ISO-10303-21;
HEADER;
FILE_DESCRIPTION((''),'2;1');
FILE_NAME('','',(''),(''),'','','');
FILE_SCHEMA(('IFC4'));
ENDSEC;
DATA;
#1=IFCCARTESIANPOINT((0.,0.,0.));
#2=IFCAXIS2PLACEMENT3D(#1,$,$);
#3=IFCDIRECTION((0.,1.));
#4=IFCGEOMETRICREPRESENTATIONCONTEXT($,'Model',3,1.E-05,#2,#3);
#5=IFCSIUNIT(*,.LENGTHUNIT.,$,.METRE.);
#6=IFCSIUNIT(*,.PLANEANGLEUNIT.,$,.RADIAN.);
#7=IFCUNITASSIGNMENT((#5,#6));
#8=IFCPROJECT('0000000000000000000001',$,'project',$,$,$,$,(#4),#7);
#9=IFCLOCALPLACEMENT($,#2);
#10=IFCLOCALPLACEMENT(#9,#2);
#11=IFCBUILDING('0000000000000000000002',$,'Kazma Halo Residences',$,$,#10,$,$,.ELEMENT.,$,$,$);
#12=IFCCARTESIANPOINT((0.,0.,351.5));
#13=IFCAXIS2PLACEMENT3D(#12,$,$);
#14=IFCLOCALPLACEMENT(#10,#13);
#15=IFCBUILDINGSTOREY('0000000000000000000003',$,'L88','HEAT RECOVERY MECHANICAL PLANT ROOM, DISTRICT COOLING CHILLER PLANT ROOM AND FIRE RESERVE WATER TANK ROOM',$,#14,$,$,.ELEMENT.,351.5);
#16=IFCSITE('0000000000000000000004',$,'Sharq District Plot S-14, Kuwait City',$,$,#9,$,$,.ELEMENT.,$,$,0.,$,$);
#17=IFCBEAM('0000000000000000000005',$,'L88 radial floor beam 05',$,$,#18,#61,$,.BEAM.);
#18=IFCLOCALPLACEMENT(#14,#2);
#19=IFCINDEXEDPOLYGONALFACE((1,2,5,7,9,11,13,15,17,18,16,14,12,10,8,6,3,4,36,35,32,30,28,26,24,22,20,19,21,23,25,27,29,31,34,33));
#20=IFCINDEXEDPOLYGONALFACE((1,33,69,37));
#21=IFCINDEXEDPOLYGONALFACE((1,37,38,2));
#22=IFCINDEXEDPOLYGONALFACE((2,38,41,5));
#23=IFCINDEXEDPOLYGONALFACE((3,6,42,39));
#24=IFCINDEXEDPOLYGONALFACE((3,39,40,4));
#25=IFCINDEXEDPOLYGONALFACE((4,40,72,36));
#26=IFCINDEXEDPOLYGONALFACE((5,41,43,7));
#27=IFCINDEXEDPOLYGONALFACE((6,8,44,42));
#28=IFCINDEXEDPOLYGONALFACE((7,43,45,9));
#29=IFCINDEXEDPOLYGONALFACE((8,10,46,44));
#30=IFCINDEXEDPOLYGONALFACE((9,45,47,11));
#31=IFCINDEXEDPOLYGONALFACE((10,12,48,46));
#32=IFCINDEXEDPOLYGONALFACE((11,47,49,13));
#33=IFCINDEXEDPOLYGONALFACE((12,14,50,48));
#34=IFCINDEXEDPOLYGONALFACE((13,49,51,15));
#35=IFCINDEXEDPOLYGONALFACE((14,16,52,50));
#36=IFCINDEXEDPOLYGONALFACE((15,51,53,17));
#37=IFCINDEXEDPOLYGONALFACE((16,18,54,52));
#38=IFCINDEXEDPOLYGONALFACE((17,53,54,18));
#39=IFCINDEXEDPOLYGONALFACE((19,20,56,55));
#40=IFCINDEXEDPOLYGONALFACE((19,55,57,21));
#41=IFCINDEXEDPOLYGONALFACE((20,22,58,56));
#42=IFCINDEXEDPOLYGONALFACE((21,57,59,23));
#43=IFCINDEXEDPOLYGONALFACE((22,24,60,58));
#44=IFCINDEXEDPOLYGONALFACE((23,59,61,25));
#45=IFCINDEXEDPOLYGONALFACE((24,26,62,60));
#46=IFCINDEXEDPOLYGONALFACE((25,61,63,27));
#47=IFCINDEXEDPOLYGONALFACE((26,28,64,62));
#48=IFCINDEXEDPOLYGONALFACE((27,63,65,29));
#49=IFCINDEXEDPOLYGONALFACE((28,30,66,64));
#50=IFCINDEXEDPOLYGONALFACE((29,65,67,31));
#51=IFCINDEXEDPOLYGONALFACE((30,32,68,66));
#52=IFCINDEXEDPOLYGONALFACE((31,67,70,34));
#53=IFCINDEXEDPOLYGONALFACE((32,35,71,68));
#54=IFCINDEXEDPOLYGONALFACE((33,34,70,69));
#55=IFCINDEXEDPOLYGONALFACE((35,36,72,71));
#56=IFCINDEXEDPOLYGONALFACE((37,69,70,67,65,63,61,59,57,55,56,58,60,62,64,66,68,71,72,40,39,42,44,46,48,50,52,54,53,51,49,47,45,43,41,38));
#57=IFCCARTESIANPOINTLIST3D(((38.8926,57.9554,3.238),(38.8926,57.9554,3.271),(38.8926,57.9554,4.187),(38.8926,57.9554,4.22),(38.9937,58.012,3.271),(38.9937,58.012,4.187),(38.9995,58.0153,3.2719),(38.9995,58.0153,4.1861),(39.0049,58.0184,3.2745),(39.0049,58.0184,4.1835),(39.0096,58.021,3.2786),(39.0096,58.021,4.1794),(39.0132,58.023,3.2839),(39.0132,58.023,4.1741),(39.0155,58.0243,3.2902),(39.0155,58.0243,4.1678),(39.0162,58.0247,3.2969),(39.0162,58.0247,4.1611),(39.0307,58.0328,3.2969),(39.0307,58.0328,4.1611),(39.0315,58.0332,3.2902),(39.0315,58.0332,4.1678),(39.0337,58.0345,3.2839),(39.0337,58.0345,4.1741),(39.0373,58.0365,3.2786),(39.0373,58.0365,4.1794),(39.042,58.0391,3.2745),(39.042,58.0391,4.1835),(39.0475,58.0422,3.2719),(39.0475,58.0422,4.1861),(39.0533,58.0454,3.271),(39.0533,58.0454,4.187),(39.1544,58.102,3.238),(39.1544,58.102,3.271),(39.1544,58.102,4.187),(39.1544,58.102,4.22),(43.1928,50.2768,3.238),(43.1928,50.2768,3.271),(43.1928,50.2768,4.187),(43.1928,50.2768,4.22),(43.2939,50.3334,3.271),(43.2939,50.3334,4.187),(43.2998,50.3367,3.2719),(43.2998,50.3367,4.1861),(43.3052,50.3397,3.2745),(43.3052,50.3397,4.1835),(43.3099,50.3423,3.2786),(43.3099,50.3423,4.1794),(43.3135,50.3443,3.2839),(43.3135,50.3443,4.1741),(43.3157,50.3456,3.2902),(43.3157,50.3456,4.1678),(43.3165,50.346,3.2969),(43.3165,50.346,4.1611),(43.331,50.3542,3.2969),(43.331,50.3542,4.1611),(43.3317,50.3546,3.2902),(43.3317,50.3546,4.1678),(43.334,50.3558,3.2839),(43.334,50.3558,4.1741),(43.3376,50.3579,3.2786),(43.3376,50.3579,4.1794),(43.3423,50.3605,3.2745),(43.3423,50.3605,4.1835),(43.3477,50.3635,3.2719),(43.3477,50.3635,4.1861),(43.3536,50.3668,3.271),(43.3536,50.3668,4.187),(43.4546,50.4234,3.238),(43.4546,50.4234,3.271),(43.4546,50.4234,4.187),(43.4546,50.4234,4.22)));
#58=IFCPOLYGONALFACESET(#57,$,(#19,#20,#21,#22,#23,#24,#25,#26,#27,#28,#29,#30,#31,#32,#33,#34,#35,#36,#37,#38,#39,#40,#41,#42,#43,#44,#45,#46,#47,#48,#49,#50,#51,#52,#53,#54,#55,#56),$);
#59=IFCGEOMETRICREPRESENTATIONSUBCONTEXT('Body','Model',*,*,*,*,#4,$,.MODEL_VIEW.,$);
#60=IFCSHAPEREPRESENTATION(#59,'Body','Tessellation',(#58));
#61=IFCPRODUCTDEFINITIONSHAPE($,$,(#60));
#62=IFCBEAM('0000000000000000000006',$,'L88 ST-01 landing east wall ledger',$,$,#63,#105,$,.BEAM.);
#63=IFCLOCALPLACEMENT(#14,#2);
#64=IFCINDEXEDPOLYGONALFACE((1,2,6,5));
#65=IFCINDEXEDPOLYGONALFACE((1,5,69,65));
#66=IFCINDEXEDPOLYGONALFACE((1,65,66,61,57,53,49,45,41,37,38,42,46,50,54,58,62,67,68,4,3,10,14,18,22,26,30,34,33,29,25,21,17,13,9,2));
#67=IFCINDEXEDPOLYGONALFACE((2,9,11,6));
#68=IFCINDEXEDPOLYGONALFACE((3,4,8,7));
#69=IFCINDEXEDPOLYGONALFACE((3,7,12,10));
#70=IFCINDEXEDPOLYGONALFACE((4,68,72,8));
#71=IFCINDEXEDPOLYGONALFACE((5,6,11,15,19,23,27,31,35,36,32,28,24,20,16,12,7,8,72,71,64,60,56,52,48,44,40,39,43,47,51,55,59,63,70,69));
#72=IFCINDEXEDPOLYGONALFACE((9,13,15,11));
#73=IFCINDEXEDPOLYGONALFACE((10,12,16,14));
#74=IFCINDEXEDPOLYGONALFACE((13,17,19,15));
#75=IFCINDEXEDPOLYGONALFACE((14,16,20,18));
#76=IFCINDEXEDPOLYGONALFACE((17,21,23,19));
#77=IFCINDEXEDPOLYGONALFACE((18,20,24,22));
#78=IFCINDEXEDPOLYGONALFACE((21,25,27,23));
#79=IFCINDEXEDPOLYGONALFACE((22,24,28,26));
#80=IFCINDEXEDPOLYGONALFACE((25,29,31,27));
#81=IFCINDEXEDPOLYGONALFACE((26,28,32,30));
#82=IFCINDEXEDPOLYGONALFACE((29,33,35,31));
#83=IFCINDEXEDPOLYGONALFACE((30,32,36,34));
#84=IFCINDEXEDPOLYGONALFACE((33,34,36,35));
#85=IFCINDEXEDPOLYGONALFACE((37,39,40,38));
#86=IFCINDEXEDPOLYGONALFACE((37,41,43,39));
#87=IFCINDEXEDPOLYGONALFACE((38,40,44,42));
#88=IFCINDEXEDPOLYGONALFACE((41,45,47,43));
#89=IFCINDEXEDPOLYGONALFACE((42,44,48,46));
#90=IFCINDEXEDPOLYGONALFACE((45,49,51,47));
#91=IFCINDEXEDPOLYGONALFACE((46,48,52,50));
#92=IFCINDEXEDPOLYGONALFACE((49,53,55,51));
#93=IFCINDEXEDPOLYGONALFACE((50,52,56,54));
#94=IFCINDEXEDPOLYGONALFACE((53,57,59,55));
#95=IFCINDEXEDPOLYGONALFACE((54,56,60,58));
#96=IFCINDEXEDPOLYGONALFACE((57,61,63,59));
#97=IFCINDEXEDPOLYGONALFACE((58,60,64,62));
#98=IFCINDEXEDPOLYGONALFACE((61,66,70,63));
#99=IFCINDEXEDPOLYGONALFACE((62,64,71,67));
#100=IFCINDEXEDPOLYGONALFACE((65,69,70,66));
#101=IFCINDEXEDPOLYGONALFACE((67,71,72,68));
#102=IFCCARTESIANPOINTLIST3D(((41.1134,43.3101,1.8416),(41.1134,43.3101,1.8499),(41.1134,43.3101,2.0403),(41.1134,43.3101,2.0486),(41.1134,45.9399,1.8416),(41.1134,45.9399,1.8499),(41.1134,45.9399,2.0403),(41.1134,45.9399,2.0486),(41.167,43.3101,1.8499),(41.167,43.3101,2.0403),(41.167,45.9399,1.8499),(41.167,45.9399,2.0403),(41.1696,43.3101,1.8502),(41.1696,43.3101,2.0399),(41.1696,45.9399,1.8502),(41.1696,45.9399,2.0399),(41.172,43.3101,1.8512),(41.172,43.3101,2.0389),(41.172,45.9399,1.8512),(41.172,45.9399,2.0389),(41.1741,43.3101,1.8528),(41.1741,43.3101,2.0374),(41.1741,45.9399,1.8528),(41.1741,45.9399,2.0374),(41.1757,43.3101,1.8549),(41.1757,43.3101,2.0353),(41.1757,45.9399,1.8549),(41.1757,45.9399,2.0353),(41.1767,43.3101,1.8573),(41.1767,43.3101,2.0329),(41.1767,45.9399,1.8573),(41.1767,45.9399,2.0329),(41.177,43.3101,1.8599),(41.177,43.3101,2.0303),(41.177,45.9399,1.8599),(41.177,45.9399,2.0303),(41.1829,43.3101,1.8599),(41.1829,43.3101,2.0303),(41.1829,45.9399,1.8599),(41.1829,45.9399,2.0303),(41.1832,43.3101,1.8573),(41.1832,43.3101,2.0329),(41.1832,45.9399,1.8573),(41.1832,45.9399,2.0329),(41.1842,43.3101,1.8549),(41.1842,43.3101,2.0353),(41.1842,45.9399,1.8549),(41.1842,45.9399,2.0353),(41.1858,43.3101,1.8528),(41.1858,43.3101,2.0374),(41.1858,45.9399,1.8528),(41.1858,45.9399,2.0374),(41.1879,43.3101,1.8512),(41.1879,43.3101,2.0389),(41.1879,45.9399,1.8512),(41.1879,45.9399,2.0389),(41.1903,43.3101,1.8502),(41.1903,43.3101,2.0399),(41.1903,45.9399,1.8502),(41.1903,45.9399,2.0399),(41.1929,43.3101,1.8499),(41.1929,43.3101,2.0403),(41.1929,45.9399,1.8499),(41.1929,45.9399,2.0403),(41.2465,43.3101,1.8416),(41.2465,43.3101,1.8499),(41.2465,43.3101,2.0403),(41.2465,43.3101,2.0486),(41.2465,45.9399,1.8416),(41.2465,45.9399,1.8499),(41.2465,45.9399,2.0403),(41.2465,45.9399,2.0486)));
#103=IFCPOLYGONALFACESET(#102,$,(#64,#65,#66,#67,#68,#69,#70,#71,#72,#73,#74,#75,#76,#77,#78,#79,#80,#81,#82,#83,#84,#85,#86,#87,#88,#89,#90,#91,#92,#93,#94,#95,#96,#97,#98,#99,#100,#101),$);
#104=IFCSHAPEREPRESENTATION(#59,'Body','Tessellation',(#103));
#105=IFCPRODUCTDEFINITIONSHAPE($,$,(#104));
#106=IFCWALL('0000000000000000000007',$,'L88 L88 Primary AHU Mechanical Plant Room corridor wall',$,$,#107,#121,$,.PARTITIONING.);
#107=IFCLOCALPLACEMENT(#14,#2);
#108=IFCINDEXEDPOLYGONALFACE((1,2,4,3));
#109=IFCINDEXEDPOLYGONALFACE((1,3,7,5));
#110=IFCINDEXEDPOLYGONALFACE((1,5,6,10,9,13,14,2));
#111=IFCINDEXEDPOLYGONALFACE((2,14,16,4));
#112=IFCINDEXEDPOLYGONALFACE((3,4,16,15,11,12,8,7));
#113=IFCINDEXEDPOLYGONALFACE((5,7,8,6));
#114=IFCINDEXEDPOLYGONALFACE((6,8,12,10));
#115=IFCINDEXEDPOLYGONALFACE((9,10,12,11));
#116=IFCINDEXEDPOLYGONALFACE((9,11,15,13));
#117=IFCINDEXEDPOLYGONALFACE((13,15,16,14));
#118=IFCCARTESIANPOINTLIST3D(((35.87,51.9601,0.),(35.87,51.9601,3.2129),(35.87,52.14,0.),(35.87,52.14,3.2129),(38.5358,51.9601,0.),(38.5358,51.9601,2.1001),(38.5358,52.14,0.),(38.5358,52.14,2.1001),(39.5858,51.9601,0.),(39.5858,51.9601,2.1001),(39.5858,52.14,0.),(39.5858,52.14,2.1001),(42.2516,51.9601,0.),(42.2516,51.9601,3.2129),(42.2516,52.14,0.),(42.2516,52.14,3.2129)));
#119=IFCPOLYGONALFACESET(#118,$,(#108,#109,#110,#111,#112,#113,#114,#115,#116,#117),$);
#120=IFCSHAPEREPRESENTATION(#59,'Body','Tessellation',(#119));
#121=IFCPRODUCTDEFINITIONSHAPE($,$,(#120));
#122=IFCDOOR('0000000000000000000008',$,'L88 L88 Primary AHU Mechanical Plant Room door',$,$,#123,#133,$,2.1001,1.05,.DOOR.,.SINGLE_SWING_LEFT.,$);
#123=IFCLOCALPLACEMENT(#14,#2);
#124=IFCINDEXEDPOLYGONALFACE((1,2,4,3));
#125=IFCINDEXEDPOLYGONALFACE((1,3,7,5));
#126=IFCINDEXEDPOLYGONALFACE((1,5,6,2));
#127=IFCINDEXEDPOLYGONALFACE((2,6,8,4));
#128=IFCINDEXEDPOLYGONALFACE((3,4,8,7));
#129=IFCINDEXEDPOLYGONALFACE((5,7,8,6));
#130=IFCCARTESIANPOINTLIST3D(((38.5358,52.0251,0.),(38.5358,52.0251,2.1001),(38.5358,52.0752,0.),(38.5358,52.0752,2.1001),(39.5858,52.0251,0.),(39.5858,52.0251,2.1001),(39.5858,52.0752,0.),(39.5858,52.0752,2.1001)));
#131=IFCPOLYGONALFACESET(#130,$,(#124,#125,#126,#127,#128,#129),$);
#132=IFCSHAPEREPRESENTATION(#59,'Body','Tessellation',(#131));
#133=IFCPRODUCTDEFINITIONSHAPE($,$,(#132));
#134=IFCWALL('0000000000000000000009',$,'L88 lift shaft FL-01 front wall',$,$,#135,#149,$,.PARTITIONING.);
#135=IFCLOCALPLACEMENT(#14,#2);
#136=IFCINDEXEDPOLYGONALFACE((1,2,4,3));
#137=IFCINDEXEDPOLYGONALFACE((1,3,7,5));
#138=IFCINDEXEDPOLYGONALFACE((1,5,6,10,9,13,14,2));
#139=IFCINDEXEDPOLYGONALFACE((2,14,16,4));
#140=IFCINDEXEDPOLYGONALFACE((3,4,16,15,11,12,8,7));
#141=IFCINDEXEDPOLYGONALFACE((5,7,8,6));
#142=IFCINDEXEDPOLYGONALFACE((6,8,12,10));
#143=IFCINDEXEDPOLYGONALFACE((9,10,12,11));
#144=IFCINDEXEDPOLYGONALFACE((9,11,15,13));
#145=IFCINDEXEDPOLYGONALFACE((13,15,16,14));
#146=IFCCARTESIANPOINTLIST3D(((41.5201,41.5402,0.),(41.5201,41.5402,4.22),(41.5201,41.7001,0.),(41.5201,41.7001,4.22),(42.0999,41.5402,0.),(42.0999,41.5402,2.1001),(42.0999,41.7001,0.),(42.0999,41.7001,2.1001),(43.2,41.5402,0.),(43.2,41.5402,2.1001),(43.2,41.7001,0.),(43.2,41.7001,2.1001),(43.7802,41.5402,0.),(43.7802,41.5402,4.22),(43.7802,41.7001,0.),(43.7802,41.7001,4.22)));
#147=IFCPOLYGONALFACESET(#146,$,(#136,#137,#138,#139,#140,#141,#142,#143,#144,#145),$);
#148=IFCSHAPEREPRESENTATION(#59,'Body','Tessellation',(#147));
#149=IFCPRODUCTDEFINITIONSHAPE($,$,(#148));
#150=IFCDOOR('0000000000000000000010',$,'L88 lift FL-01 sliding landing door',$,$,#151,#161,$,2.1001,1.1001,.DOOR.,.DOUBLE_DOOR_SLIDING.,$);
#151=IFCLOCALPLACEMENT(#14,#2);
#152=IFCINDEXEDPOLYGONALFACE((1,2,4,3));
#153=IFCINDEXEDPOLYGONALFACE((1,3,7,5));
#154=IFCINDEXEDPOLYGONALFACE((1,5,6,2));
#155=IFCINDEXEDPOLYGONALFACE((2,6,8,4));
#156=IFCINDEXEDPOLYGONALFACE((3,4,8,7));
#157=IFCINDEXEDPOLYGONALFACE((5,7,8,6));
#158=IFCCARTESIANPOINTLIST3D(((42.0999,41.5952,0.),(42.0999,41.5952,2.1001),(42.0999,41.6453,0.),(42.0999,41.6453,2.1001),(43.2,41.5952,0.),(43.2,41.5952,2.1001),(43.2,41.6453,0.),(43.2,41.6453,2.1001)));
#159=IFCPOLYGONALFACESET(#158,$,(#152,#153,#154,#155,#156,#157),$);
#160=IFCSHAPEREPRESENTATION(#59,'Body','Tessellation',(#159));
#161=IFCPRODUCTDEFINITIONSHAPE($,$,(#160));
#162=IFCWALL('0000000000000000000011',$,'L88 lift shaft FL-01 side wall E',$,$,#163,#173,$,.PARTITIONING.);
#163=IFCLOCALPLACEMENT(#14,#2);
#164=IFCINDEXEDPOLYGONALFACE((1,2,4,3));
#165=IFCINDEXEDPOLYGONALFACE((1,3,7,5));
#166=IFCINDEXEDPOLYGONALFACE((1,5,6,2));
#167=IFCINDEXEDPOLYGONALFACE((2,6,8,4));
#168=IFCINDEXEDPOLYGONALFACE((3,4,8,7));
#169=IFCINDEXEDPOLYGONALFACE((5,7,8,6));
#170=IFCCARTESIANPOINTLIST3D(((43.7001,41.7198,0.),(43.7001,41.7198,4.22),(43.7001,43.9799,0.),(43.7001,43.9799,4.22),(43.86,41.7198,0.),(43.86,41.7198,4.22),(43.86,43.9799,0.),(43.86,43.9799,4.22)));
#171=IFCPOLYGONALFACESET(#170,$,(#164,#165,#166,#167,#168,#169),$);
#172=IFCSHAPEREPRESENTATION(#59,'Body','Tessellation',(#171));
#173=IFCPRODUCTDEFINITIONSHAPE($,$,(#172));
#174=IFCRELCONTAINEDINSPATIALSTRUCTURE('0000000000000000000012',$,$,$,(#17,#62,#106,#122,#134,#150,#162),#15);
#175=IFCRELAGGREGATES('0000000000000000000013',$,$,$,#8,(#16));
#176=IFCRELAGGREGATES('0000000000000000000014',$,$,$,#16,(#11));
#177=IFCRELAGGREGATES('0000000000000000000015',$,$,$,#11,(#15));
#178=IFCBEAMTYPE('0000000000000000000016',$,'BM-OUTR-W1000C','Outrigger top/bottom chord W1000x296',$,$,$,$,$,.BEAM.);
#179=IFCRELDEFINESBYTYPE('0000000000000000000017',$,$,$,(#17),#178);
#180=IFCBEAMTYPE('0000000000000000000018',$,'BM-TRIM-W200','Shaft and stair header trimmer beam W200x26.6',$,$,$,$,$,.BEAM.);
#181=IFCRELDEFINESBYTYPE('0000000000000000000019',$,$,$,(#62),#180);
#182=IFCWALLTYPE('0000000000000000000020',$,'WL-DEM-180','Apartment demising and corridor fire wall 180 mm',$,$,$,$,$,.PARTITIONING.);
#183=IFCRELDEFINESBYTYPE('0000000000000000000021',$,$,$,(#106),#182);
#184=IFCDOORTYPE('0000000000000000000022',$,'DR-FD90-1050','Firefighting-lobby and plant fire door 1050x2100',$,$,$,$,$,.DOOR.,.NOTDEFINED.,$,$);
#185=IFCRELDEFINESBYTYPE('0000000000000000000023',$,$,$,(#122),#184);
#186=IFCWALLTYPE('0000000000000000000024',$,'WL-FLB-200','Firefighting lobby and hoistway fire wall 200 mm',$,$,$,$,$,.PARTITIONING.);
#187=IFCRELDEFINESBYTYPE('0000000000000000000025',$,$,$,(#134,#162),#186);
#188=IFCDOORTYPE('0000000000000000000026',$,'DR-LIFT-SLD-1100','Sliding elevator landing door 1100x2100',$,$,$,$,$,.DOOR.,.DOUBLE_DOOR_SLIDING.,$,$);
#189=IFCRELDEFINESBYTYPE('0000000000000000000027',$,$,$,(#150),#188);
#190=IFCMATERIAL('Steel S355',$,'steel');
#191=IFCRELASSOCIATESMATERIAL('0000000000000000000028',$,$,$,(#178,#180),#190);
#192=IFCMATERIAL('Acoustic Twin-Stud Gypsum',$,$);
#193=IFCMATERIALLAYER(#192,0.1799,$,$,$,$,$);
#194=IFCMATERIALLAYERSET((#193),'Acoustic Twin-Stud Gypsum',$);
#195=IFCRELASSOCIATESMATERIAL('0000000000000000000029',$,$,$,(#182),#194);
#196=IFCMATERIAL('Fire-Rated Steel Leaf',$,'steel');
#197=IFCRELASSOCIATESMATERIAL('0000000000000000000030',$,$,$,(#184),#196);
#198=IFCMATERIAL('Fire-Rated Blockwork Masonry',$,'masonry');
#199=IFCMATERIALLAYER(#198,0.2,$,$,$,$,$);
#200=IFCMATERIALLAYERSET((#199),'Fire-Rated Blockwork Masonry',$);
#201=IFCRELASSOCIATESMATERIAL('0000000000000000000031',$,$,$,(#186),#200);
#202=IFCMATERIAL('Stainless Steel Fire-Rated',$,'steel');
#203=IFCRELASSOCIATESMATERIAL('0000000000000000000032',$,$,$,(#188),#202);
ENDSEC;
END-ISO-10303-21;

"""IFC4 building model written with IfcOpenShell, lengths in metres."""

from ifc_helpers import new_model, si_unit, direction, frame, frame_2d, origin, origin_2d, place, context, subcontext, project, spatial, rectangle, i_section, extrude, material, layer, layer_set, material_profile, profile_set, type_object, element, fill, save


model = new_model("IFC4")

# Units and contexts
model_context = context("Model", 3, precision=1e-05, world=origin(), true_north=direction((0.0, 1.0)))
body_context = subcontext(model_context, "Body", "Model", "MODEL_VIEW")
ifc_project = project(units=[si_unit("LENGTHUNIT", "METRE"), si_unit("PLANEANGLEUNIT", "RADIAN")], contexts=[model_context])

# Site, building, storey
site_placement = place(None, origin())
site = spatial("IfcSite", under=ifc_project, at=site_placement, Name="Sharq District Plot S-14, Kuwait City", CompositionType="ELEMENT", RefElevation=0.0)
building_placement = place(site_placement, origin())
building = spatial("IfcBuilding", under=site, at=building_placement, Name="Kazma Halo Residences", CompositionType="ELEMENT")
storey_placement = place(building_placement, frame((0.0, 0.0, 351.5)))
storey = spatial("IfcBuildingStorey", under=building, at=storey_placement, Name="L88", Description="HEAT RECOVERY MECHANICAL PLANT ROOM, DISTRICT COOLING CHILLER PLANT ROOM AND FIRE RESERVE WATER TANK ROOM", CompositionType="ELEMENT", Elevation=351.5)

# Shared definitions
ifc_material_1 = material(Name="Steel S355", Category="steel")

# Beams
ifc_material_profile_1 = material_profile(ifc_material_1, i_section(OverallWidth=0.3, OverallDepth=0.9819, WebThickness=0.0166, FlangeThickness=0.033, FilletRadius=0.0259, at=origin_2d()), Name="W1000x296")
ifc_profile_set_1 = profile_set([ifc_material_profile_1], Name="Steel S355")
beam_type_1 = type_object("IfcBeamType", Name="BM-OUTR-W1000C", Description="Outrigger top/bottom chord W1000x296", PredefinedType="BEAM", material=ifc_profile_set_1)
beam_1_placement = place(storey_placement, frame((43.3237, 50.3501, 3.729), z_axis=(-0.488622, 0.872496, 0.0), x_axis=(-0.872496, -0.488622, 0.0)))
element("IfcBeam", 1, at=beam_1_placement, inside=storey, type_object=beam_type_1, Name="L88 radial floor beam 05", PredefinedType="BEAM", context=body_context, shape_type="SweptSolid", body=[
    extrude(i_section(OverallWidth=0.3, OverallDepth=0.9819, WebThickness=0.0166, FlangeThickness=0.033, FilletRadius=0.0259, at=origin_2d()), origin(), (0.0, 0.0, 1.0), 8.8008),
])
ifc_material_profile_2 = material_profile(ifc_material_1, i_section(OverallWidth=0.1331, OverallDepth=0.207, WebThickness=0.0059, FlangeThickness=0.0083, FilletRadius=0.01, at=origin_2d()), Name="W200x26.6")
ifc_profile_set_2 = profile_set([ifc_material_profile_2], Name="Steel S355")
beam_type_2 = type_object("IfcBeamType", Name="BM-TRIM-W200", Description="Shaft and stair header trimmer beam W200x26.6", PredefinedType="BEAM", material=ifc_profile_set_2)
beam_2_placement = place(storey_placement, frame((41.1799, 43.3101, 1.9451), z_axis=(0.0, 1.0, 0.0), x_axis=(-1.0, 0.0, 0.0)))
element("IfcBeam", 2, at=beam_2_placement, inside=storey, type_object=beam_type_2, Name="L88 ST-01 landing east wall ledger", PredefinedType="BEAM", context=body_context, shape_type="SweptSolid", body=[
    extrude(i_section(OverallWidth=0.1331, OverallDepth=0.207, WebThickness=0.0059, FlangeThickness=0.0083, FilletRadius=0.01, at=origin_2d()), origin(), (0.0, 0.0, 1.0), 2.6299),
])

# Walls, openings, doors
ifc_material_2 = material(Name="Acoustic Twin-Stud Gypsum")
ifc_layer_1 = layer(ifc_material_2, 0.1799)
ifc_layer_set_1 = layer_set([ifc_layer_1], Name="Acoustic Twin-Stud Gypsum")
wall_type_1 = type_object("IfcWallType", Name="WL-DEM-180", Description="Apartment demising and corridor fire wall 180 mm", PredefinedType="PARTITIONING", material=ifc_layer_set_1)
wall_1_placement = place(storey_placement, frame((42.2517, 52.05, 0.0), z_axis=(0.0, 0.0, 1.0), x_axis=(-1.0, 0.0, 0.0)))
wall_1 = element("IfcWall", 3, at=wall_1_placement, inside=storey, type_object=wall_type_1, Name="L88 L88 Primary AHU Mechanical Plant Room corridor wall", PredefinedType="PARTITIONING", context=body_context, shape_type="SweptSolid", body=[
    extrude(rectangle(XDim=6.3816, YDim=0.1799, at=frame_2d((3.1909, 0.0))), origin(), (0.0, 0.0, 1.0), 3.2129),
])
opening_1_placement = place(wall_1_placement, frame((2.666, 0.0, 0.0)))
opening_1 = element("IfcOpeningElement", 4, at=opening_1_placement, cuts=wall_1, PredefinedType="OPENING", context=body_context, shape_type="SweptSolid", body=[
    extrude(rectangle(XDim=1.05, YDim=2.1001, at=frame_2d((0.5249, 1.05))), frame((0.0, 0.0999, 0.0), z_axis=(0.0, -1.0, 0.0), x_axis=(1.0, 0.0, 0.0)), (0.0, 0.0, 1.0), 0.2),
])
ifc_material_3 = material(Name="Fire-Rated Steel Leaf", Category="steel")
door_type_1 = type_object("IfcDoorType", Name="DR-FD90-1050", Description="Firefighting-lobby and plant fire door 1050x2100", OperationType="NOTDEFINED", PredefinedType="DOOR", material=ifc_material_3)
door_1_placement = place(opening_1_placement, origin())
door_1 = element("IfcDoor", 5, at=door_1_placement, inside=storey, type_object=door_type_1, Name="L88 L88 Primary AHU Mechanical Plant Room door", OperationType="SINGLE_SWING_LEFT", OverallHeight=2.1001, OverallWidth=1.05, PredefinedType="DOOR", context=body_context, shape_type="SweptSolid", body=[
    extrude(rectangle(XDim=1.05, YDim=2.1001, at=frame_2d((0.5249, 1.05))), frame((0.0, 0.0249, 0.0), z_axis=(0.0, -1.0, 0.0), x_axis=(1.0, 0.0, 0.0)), (0.0, 0.0, 1.0), 0.05),
])
fill(opening_1, door_1)
ifc_material_4 = material(Name="Fire-Rated Blockwork Masonry", Category="masonry")
ifc_layer_2 = layer(ifc_material_4, 0.2)
ifc_layer_set_2 = layer_set([ifc_layer_2], Name="Fire-Rated Blockwork Masonry")
wall_type_2 = type_object("IfcWallType", Name="WL-FLB-200", Description="Firefighting lobby and hoistway fire wall 200 mm", PredefinedType="PARTITIONING", material=ifc_layer_set_2)
wall_2_placement = place(storey_placement, frame((43.78, 41.6201, 0.0), z_axis=(0.0, 0.0, 1.0), x_axis=(-1.0, 0.0, 0.0)))
wall_2 = element("IfcWall", 6, at=wall_2_placement, inside=storey, type_object=wall_type_2, Name="L88 lift shaft FL-01 front wall", PredefinedType="PARTITIONING", context=body_context, shape_type="SweptSolid", body=[
    extrude(rectangle(XDim=2.26, YDim=0.1599, at=frame_2d((1.1299, 0.0))), origin(), (0.0, 0.0, 1.0), 4.22),
])
opening_2_placement = place(wall_2_placement, frame((0.5801, 0.0, 0.0)))
opening_2 = element("IfcOpeningElement", 7, at=opening_2_placement, cuts=wall_2, PredefinedType="OPENING", context=body_context, shape_type="SweptSolid", body=[
    extrude(rectangle(XDim=1.1001, YDim=2.1001, at=frame_2d((0.55, 1.05))), frame((0.0, 0.0898, 0.0), z_axis=(0.0, -1.0, 0.0), x_axis=(1.0, 0.0, 0.0)), (0.0, 0.0, 1.0), 0.1799),
])
ifc_material_5 = material(Name="Stainless Steel Fire-Rated", Category="steel")
door_type_2 = type_object("IfcDoorType", Name="DR-LIFT-SLD-1100", Description="Sliding elevator landing door 1100x2100", OperationType="DOUBLE_DOOR_SLIDING", PredefinedType="DOOR", material=ifc_material_5)
door_2_placement = place(opening_2_placement, origin())
door_2 = element("IfcDoor", 8, at=door_2_placement, inside=storey, type_object=door_type_2, Name="L88 lift FL-01 sliding landing door", OperationType="DOUBLE_DOOR_SLIDING", OverallHeight=2.1001, OverallWidth=1.1001, PredefinedType="DOOR", context=body_context, shape_type="SweptSolid", body=[
    extrude(rectangle(XDim=1.1001, YDim=2.1001, at=frame_2d((0.55, 1.05))), frame((0.0, 0.0249, 0.0), z_axis=(0.0, -1.0, 0.0), x_axis=(1.0, 0.0, 0.0)), (0.0, 0.0, 1.0), 0.05),
])
fill(opening_2, door_2)

# Wall
for number, where, z_axis, x_axis, name in (
    (9, (43.78, 41.72, 0.0), (0.0, 0.0, 1.0), (0.0, 1.0, 0.0), "L88 lift shaft FL-01 side wall E"),
):
    element("IfcWall", number, at=place(storey_placement, frame(where, z_axis=z_axis, x_axis=x_axis)), inside=storey, type_object=wall_type_2, Name=name, PredefinedType="PARTITIONING", context=body_context, shape_type="SweptSolid", body=[
        extrude(rectangle(XDim=2.26, YDim=0.1599, at=frame_2d((1.1299, 0.0))), origin(), (0.0, 0.0, 1.0), 4.22),
    ])

save(model, "model.ifc")
